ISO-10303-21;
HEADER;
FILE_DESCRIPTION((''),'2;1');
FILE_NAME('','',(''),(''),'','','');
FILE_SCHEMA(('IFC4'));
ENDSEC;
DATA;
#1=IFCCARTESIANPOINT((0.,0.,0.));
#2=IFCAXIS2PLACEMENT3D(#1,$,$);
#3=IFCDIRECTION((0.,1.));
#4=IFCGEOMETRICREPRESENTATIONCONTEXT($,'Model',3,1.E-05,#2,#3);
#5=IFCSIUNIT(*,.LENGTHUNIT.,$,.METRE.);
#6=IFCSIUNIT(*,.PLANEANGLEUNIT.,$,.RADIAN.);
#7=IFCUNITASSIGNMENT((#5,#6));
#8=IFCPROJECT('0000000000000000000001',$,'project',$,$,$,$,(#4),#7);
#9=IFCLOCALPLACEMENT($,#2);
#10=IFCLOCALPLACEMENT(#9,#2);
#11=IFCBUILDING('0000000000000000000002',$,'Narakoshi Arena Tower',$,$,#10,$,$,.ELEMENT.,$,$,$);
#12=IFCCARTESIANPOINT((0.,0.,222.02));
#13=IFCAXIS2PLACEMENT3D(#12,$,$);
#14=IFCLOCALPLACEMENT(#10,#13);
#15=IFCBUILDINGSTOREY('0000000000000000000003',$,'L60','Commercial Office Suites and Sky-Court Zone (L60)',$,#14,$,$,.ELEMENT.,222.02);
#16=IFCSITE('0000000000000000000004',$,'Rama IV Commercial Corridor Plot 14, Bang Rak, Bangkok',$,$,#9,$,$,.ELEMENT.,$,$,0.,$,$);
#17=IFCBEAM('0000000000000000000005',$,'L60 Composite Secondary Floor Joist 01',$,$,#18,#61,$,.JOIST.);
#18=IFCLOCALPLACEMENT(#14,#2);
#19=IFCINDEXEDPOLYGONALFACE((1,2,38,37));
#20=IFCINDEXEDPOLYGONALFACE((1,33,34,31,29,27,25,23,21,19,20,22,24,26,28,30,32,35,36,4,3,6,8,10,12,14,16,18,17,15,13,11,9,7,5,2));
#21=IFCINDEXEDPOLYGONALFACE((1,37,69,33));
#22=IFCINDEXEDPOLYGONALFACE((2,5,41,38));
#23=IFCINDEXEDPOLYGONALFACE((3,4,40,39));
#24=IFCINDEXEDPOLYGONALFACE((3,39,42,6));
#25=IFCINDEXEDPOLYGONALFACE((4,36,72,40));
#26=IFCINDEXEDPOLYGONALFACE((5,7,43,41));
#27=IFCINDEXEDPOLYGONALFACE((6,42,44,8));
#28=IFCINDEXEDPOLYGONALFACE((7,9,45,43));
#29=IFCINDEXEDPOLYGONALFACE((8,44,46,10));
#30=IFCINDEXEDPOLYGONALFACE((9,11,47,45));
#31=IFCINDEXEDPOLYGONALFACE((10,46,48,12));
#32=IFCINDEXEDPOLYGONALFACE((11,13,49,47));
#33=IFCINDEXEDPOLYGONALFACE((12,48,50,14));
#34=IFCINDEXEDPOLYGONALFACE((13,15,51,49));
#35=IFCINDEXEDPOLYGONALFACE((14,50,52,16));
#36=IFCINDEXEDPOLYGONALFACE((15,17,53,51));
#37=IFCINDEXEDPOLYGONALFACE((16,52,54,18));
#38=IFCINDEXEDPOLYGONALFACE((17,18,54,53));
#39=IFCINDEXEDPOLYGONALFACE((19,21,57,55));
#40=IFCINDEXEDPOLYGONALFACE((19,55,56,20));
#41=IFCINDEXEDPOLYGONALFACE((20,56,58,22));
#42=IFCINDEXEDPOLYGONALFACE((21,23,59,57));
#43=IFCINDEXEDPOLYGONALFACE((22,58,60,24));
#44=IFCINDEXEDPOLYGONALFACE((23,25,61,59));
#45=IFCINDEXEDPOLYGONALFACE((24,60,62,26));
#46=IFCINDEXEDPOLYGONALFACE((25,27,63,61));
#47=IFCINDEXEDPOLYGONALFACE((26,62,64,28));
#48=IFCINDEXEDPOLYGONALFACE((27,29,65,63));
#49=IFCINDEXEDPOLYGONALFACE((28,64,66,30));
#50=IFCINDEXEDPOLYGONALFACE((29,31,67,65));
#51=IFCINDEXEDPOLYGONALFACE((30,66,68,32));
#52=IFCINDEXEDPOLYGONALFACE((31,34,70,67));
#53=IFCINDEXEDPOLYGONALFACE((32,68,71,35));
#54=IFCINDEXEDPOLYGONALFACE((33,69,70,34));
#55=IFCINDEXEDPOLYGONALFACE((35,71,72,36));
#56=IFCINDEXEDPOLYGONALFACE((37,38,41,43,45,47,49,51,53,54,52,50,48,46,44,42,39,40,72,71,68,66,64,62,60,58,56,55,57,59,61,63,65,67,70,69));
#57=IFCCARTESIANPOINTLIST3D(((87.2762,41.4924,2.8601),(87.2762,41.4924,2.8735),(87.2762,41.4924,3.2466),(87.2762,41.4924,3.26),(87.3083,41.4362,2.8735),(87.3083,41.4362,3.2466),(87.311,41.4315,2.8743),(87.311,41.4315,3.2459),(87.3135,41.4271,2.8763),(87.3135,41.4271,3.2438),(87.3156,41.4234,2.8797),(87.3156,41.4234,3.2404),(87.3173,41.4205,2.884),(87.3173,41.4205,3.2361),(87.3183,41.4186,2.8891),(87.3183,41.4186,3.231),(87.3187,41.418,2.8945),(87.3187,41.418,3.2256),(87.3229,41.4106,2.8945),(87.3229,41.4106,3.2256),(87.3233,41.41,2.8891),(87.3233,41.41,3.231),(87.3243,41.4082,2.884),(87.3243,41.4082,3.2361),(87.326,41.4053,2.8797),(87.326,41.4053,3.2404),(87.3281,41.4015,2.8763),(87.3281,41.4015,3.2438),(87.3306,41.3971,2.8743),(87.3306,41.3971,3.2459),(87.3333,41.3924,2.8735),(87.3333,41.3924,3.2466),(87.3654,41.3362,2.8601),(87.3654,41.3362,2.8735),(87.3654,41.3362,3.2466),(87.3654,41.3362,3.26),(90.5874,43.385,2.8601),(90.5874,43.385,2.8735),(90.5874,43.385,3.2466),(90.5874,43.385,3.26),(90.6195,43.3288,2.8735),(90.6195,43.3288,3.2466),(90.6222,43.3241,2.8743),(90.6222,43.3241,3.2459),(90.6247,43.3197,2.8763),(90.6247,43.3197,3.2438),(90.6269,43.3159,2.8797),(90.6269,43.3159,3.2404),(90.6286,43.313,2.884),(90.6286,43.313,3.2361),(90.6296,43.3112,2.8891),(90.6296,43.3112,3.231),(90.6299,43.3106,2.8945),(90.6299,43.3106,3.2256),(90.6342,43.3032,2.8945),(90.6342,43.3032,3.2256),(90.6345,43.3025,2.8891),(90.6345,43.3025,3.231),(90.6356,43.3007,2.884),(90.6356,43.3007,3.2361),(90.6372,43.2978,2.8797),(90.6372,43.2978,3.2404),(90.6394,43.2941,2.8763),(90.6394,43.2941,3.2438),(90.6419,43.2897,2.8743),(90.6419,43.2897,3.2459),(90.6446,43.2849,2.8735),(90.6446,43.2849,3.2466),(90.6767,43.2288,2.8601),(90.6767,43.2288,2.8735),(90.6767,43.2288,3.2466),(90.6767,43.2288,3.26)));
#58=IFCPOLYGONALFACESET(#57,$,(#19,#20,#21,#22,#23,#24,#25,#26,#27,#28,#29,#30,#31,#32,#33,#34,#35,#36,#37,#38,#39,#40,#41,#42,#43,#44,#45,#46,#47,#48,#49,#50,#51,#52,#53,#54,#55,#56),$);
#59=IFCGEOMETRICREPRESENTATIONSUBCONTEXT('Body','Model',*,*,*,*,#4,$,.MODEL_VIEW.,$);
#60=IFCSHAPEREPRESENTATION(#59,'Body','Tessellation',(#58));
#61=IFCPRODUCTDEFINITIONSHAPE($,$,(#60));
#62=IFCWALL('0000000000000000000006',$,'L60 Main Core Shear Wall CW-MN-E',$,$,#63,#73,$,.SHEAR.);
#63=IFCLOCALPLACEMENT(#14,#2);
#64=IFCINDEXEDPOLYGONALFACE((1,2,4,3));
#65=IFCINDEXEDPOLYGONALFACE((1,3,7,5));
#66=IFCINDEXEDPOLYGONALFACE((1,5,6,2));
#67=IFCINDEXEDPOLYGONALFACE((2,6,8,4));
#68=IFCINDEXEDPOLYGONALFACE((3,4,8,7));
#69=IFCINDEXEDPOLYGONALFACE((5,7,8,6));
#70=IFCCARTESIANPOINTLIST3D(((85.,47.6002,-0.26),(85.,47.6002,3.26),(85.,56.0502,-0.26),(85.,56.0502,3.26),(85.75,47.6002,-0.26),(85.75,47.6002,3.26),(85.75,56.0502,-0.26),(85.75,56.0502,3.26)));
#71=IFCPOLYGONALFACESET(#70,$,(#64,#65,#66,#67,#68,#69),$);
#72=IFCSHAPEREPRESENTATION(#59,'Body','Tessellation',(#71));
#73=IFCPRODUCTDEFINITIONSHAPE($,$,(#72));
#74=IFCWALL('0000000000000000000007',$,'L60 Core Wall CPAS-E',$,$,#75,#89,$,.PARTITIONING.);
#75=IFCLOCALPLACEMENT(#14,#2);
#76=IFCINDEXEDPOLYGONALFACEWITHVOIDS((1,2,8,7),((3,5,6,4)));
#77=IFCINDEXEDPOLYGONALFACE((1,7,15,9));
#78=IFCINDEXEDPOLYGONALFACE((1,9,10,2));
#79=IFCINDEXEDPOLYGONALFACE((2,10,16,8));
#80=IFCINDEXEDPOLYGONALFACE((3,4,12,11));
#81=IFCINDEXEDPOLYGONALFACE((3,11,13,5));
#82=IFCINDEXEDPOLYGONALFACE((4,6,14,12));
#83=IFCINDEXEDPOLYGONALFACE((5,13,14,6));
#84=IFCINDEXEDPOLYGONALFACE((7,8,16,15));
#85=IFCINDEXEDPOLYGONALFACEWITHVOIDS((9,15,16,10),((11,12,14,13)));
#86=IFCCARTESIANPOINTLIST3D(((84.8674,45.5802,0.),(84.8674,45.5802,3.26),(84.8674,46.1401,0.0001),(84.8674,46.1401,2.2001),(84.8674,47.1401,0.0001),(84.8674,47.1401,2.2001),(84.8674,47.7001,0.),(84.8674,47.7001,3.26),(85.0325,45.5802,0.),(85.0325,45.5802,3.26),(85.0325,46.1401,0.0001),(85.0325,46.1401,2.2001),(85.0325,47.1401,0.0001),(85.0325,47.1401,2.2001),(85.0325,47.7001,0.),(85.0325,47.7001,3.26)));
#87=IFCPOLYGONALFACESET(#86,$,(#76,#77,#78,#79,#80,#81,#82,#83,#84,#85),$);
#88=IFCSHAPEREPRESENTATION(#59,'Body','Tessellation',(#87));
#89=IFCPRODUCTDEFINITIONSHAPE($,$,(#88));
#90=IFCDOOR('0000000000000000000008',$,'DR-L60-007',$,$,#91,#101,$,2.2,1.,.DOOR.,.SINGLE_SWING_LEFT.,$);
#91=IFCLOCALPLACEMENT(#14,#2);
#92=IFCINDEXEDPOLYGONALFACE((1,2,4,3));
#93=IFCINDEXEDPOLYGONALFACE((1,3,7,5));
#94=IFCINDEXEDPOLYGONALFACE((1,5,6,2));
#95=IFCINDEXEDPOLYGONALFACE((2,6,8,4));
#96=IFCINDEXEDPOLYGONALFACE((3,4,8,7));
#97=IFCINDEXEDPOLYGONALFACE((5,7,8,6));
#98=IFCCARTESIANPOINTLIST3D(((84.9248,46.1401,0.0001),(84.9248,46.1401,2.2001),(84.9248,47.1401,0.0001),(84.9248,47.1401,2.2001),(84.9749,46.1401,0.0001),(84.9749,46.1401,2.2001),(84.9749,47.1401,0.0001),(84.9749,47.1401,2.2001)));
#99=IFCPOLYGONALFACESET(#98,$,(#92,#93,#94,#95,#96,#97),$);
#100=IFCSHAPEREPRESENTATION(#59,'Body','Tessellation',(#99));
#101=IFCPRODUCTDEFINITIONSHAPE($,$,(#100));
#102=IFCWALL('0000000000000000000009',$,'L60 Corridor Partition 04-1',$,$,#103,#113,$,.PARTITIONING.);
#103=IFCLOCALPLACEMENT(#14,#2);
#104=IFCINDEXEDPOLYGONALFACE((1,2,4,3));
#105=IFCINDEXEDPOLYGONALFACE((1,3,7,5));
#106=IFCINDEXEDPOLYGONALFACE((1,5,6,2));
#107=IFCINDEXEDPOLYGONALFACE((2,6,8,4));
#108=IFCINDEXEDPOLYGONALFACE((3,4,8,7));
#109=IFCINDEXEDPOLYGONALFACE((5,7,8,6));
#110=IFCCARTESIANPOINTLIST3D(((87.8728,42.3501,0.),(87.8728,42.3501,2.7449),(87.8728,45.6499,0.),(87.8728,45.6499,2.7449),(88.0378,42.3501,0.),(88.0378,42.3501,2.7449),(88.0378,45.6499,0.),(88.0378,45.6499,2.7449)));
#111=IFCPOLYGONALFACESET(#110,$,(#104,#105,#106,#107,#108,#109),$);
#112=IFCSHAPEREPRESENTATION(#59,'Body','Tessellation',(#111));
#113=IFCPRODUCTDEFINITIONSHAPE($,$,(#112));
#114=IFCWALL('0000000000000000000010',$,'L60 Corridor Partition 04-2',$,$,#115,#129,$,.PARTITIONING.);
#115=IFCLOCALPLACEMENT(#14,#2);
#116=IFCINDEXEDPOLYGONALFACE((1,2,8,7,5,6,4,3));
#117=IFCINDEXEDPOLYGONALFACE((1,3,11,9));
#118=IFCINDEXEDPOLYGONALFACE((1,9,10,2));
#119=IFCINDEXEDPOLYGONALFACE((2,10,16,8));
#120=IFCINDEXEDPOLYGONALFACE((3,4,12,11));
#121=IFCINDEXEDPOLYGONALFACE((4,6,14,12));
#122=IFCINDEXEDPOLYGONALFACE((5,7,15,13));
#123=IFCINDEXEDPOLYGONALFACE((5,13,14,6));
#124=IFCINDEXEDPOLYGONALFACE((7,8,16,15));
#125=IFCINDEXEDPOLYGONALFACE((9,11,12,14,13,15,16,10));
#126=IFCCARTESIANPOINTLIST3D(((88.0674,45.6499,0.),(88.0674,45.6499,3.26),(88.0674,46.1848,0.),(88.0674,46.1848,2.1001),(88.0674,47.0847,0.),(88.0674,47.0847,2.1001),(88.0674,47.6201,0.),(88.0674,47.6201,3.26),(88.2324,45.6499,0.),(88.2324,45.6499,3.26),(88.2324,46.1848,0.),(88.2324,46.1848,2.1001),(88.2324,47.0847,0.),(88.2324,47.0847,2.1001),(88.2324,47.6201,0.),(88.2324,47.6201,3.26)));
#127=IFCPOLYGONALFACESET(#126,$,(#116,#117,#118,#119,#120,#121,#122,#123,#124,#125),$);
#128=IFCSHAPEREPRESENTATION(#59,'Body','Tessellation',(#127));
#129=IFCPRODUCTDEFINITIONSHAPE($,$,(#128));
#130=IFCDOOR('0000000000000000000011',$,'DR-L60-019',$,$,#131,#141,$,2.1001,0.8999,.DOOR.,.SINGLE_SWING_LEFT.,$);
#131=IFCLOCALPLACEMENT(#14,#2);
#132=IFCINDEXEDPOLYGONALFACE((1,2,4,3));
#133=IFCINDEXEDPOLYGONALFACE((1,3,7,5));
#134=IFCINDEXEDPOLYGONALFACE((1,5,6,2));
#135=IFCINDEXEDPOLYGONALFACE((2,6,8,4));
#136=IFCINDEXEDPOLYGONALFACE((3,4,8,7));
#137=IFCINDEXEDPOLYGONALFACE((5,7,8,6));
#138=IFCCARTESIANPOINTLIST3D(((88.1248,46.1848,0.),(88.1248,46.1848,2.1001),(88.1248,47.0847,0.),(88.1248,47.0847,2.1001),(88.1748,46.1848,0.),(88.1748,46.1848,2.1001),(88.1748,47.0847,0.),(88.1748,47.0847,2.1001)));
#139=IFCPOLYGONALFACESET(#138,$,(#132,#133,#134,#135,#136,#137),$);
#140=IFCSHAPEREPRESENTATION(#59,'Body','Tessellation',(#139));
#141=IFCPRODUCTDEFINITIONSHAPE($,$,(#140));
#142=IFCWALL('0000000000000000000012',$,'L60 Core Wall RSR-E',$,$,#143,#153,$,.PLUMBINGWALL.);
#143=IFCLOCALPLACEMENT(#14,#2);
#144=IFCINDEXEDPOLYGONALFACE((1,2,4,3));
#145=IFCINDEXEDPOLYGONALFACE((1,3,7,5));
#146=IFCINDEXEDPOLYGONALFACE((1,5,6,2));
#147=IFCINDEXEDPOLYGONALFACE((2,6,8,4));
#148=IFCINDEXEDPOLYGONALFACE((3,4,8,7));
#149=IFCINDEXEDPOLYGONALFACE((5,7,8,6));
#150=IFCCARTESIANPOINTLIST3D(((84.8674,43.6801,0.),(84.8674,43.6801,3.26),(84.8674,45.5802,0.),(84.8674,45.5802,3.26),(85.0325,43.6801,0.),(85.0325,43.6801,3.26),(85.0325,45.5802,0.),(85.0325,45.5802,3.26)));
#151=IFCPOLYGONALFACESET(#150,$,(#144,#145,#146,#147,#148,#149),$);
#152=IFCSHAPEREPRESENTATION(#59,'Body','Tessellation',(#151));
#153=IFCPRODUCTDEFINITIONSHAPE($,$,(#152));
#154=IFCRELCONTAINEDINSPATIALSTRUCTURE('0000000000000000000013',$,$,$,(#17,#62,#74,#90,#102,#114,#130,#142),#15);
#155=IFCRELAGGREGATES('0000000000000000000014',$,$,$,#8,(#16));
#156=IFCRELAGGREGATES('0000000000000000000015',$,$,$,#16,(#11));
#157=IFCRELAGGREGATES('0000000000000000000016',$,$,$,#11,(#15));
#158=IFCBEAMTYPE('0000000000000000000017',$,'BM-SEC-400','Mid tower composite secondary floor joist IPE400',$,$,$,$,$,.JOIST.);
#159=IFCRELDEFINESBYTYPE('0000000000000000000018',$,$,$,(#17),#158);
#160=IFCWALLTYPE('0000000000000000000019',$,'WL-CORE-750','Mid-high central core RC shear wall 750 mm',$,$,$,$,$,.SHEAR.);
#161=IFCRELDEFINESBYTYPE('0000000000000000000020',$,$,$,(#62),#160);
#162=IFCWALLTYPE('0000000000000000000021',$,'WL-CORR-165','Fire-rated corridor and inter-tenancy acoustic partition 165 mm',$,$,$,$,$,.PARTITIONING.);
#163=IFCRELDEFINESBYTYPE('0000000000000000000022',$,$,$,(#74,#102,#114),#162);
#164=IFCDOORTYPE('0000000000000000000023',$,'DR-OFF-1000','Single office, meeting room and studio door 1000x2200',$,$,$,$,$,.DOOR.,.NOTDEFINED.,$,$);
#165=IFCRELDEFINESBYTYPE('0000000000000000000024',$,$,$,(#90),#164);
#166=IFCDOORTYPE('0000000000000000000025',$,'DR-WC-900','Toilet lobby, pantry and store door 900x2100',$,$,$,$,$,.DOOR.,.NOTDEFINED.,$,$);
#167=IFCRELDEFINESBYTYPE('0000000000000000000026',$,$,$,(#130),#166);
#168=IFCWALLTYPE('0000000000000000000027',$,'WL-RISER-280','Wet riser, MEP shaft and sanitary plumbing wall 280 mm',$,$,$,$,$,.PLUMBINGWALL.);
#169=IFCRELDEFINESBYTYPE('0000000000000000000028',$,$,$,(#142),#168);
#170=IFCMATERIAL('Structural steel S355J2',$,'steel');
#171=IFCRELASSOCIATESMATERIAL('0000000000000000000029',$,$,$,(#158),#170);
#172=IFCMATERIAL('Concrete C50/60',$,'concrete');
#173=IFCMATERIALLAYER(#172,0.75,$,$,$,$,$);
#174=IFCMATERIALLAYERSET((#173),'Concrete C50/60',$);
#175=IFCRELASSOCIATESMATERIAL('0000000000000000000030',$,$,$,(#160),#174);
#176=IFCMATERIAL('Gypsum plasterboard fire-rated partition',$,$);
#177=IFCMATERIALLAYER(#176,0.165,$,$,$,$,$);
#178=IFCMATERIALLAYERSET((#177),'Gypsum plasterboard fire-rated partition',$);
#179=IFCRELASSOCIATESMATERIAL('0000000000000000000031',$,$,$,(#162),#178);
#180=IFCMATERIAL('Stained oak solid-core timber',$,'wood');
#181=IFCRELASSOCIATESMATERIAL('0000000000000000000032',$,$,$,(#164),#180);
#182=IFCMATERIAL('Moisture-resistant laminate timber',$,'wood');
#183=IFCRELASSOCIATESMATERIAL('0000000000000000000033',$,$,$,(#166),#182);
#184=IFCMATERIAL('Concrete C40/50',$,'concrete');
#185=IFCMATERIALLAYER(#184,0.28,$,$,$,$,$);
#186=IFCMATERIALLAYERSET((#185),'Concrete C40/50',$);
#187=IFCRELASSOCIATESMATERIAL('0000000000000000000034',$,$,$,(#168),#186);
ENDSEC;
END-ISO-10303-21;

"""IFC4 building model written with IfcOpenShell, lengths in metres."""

from ifc_helpers import new_model, si_unit, direction, frame, frame_2d, origin, origin_2d, place, context, subcontext, project, spatial, rectangle, i_section, extrude, material, layer, layer_set, material_profile, profile_set, type_object, element, fill, save


model = new_model("IFC4")

# Units and contexts
model_context = context("Model", 3, precision=1e-05, world=origin(), true_north=direction((0.0, 1.0)))
body_context = subcontext(model_context, "Body", "Model", "MODEL_VIEW")
ifc_project = project(units=[si_unit("LENGTHUNIT", "METRE"), si_unit("PLANEANGLEUNIT", "RADIAN")], contexts=[model_context])

# Site, building, storey
site_placement = place(None, origin())
site = spatial("IfcSite", under=ifc_project, at=site_placement, Name="Rama IV Commercial Corridor Plot 14, Bang Rak, Bangkok", CompositionType="ELEMENT", RefElevation=0.0)
building_placement = place(site_placement, origin())
building = spatial("IfcBuilding", under=site, at=building_placement, Name="Narakoshi Arena Tower", CompositionType="ELEMENT")
storey_placement = place(building_placement, frame((0.0, 0.0, 222.02)))
storey = spatial("IfcBuildingStorey", under=building, at=storey_placement, Name="L60", Description="Commercial Office Suites and Sky-Court Zone (L60)", CompositionType="ELEMENT", Elevation=222.02)

# Beam
ifc_material_1 = material(Name="Structural steel S355J2", Category="steel")
ifc_material_profile_1 = material_profile(ifc_material_1, i_section(OverallWidth=0.1799, OverallDepth=0.3999, WebThickness=0.0085, FlangeThickness=0.0134, FilletRadius=0.021, at=origin_2d()), Name="IPE400")
ifc_profile_set_1 = profile_set([ifc_material_profile_1], Name="Structural steel S355J2")
beam_type_1 = type_object("IfcBeamType", Name="BM-SEC-400", Description="Mid tower composite secondary floor joist IPE400", PredefinedType="JOIST", material=ifc_profile_set_1)
beam_1_placement = place(storey_placement, frame((87.3208, 41.4143, 3.0601), z_axis=(0.868196, 0.496222, 0.0), x_axis=(-0.496222, 0.868196, 0.0)))
element("IfcBeam", 1, at=beam_1_placement, inside=storey, type_object=beam_type_1, Name="L60 Composite Secondary Floor Joist 01", PredefinedType="JOIST", context=body_context, shape_type="SweptSolid", body=[
    extrude(i_section(OverallWidth=0.1799, OverallDepth=0.3999, WebThickness=0.0085, FlangeThickness=0.0134, FilletRadius=0.021, at=origin_2d()), origin(), (0.0, 0.0, 1.0), 3.814),
])

# Wall
ifc_material_2 = material(Name="Concrete C50/60", Category="concrete")
ifc_layer_1 = layer(ifc_material_2, 0.75)
ifc_layer_set_1 = layer_set([ifc_layer_1], Name="Concrete C50/60")
wall_type_1 = type_object("IfcWallType", Name="WL-CORE-750", Description="Mid-high central core RC shear wall 750 mm", PredefinedType="SHEAR", material=ifc_layer_set_1)
wall_1_placement = place(storey_placement, frame((85.375, 47.6001, -0.26), z_axis=(0.0, 0.0, 1.0), x_axis=(0.0, 1.0, 0.0)))
element("IfcWall", 2, at=wall_1_placement, inside=storey, type_object=wall_type_1, Name="L60 Main Core Shear Wall CW-MN-E", PredefinedType="SHEAR", context=body_context, shape_type="SweptSolid", body=[
    extrude(rectangle(XDim=8.45, YDim=0.75, at=frame_2d((4.2251, 0.0))), origin(), (0.0, 0.0, 1.0), 3.52),
])

# Wall, opening, door
ifc_material_3 = material(Name="Gypsum plasterboard fire-rated partition")
ifc_layer_2 = layer(ifc_material_3, 0.165)
ifc_layer_set_2 = layer_set([ifc_layer_2], Name="Gypsum plasterboard fire-rated partition")
wall_type_2 = type_object("IfcWallType", Name="WL-CORR-165", Description="Fire-rated corridor and inter-tenancy acoustic partition 165 mm", PredefinedType="PARTITIONING", material=ifc_layer_set_2)
wall_2_placement = place(storey_placement, frame((84.95, 45.5801, 0.0), z_axis=(0.0, 0.0, 1.0), x_axis=(0.0, 1.0, 0.0)))
wall_2 = element("IfcWall", 3, at=wall_2_placement, inside=storey, type_object=wall_type_2, Name="L60 Core Wall CPAS-E", PredefinedType="PARTITIONING", context=body_context, shape_type="SweptSolid", body=[
    extrude(rectangle(XDim=2.1199, YDim=0.165, at=frame_2d((1.0601, 0.0))), origin(), (0.0, 0.0, 1.0), 3.26),
])
opening_1_placement = place(wall_2_placement, frame((0.5601, 0.0, 0.0)))
opening_1 = element("IfcOpeningElement", 4, at=opening_1_placement, cuts=wall_2, PredefinedType="OPENING", context=body_context, shape_type="SweptSolid", body=[
    extrude(rectangle(XDim=1.0, YDim=2.2, at=frame_2d((0.5, 1.1001))), frame((0.0, 0.0925, 0.0), z_axis=(0.0, -1.0, 0.0), x_axis=(1.0, 0.0, 0.0)), (0.0, 0.0, 1.0), 0.1851),
])
ifc_material_4 = material(Name="Stained oak solid-core timber", Category="wood")
door_type_1 = type_object("IfcDoorType", Name="DR-OFF-1000", Description="Single office, meeting room and studio door 1000x2200", OperationType="NOTDEFINED", PredefinedType="DOOR", material=ifc_material_4)
door_1_placement = place(opening_1_placement, frame((1.0, 0.0, 0.0), z_axis=(0.0, 0.0, 1.0), x_axis=(-1.0, 0.0, 0.0)))
door_1 = element("IfcDoor", 5, at=door_1_placement, inside=storey, type_object=door_type_1, Name="DR-L60-007", OperationType="SINGLE_SWING_LEFT", OverallHeight=2.2, OverallWidth=1.0, PredefinedType="DOOR", context=body_context, shape_type="SweptSolid", body=[
    extrude(rectangle(XDim=1.0, YDim=2.2, at=frame_2d((0.5, 1.1001))), frame((0.0, 0.0249, 0.0), z_axis=(0.0, -1.0, 0.0), x_axis=(1.0, 0.0, 0.0)), (0.0, 0.0, 1.0), 0.05),
])
fill(opening_1, door_1)

# Wall
wall_3_placement = place(storey_placement, frame((87.9553, 42.3501, 0.0), z_axis=(0.0, 0.0, 1.0), x_axis=(0.0, 1.0, 0.0)))
element("IfcWall", 6, at=wall_3_placement, inside=storey, type_object=wall_type_2, Name="L60 Corridor Partition 04-1", PredefinedType="PARTITIONING", context=body_context, shape_type="SweptSolid", body=[
    extrude(rectangle(XDim=3.2998, YDim=0.165, at=frame_2d((1.6499, 0.0))), origin(), (0.0, 0.0, 1.0), 2.7449),
])

# Wall, opening, door
wall_4_placement = place(storey_placement, frame((88.1499, 45.6499, 0.0), z_axis=(0.0, 0.0, 1.0), x_axis=(0.0, 1.0, 0.0)))
wall_4 = element("IfcWall", 7, at=wall_4_placement, inside=storey, type_object=wall_type_2, Name="L60 Corridor Partition 04-2", PredefinedType="PARTITIONING", context=body_context, shape_type="SweptSolid", body=[
    extrude(rectangle(XDim=1.9702, YDim=0.165, at=frame_2d((0.9851, 0.0))), origin(), (0.0, 0.0, 1.0), 3.26),
])
opening_2_placement = place(wall_4_placement, frame((0.5349, 0.0, 0.0)))
opening_2 = element("IfcOpeningElement", 8, at=opening_2_placement, cuts=wall_4, PredefinedType="OPENING", context=body_context, shape_type="SweptSolid", body=[
    extrude(rectangle(XDim=0.8999, YDim=2.1001, at=frame_2d((0.45, 1.05))), frame((0.0, 0.0925, 0.0), z_axis=(0.0, -1.0, 0.0), x_axis=(1.0, 0.0, 0.0)), (0.0, 0.0, 1.0), 0.1851),
])
ifc_material_5 = material(Name="Moisture-resistant laminate timber", Category="wood")
door_type_2 = type_object("IfcDoorType", Name="DR-WC-900", Description="Toilet lobby, pantry and store door 900x2100", OperationType="NOTDEFINED", PredefinedType="DOOR", material=ifc_material_5)
door_2_placement = place(opening_2_placement, frame((0.8999, 0.0, 0.0), z_axis=(0.0, 0.0, 1.0), x_axis=(-1.0, 0.0, 0.0)))
door_2 = element("IfcDoor", 9, at=door_2_placement, inside=storey, type_object=door_type_2, Name="DR-L60-019", OperationType="SINGLE_SWING_LEFT", OverallHeight=2.1001, OverallWidth=0.8999, PredefinedType="DOOR", context=body_context, shape_type="SweptSolid", body=[
    extrude(rectangle(XDim=0.8999, YDim=2.1001, at=frame_2d((0.45, 1.05))), frame((0.0, 0.0249, 0.0), z_axis=(0.0, -1.0, 0.0), x_axis=(1.0, 0.0, 0.0)), (0.0, 0.0, 1.0), 0.05),
])
fill(opening_2, door_2)

# Wall
ifc_material_6 = material(Name="Concrete C40/50", Category="concrete")
ifc_layer_3 = layer(ifc_material_6, 0.28)
ifc_layer_set_3 = layer_set([ifc_layer_3], Name="Concrete C40/50")
wall_type_3 = type_object("IfcWallType", Name="WL-RISER-280", Description="Wet riser, MEP shaft and sanitary plumbing wall 280 mm", PredefinedType="PLUMBINGWALL", material=ifc_layer_set_3)
wall_5_placement = place(storey_placement, frame((84.95, 43.6799, 0.0), z_axis=(0.0, 0.0, 1.0), x_axis=(0.0, 1.0, 0.0)))
element("IfcWall", 10, at=wall_5_placement, inside=storey, type_object=wall_type_3, Name="L60 Core Wall RSR-E", PredefinedType="PLUMBINGWALL", context=body_context, shape_type="SweptSolid", body=[
    extrude(rectangle(XDim=1.9001, YDim=0.165, at=frame_2d((0.9502, 0.0))), origin(), (0.0, 0.0, 1.0), 3.26),
])

save(model, "model.ifc")
